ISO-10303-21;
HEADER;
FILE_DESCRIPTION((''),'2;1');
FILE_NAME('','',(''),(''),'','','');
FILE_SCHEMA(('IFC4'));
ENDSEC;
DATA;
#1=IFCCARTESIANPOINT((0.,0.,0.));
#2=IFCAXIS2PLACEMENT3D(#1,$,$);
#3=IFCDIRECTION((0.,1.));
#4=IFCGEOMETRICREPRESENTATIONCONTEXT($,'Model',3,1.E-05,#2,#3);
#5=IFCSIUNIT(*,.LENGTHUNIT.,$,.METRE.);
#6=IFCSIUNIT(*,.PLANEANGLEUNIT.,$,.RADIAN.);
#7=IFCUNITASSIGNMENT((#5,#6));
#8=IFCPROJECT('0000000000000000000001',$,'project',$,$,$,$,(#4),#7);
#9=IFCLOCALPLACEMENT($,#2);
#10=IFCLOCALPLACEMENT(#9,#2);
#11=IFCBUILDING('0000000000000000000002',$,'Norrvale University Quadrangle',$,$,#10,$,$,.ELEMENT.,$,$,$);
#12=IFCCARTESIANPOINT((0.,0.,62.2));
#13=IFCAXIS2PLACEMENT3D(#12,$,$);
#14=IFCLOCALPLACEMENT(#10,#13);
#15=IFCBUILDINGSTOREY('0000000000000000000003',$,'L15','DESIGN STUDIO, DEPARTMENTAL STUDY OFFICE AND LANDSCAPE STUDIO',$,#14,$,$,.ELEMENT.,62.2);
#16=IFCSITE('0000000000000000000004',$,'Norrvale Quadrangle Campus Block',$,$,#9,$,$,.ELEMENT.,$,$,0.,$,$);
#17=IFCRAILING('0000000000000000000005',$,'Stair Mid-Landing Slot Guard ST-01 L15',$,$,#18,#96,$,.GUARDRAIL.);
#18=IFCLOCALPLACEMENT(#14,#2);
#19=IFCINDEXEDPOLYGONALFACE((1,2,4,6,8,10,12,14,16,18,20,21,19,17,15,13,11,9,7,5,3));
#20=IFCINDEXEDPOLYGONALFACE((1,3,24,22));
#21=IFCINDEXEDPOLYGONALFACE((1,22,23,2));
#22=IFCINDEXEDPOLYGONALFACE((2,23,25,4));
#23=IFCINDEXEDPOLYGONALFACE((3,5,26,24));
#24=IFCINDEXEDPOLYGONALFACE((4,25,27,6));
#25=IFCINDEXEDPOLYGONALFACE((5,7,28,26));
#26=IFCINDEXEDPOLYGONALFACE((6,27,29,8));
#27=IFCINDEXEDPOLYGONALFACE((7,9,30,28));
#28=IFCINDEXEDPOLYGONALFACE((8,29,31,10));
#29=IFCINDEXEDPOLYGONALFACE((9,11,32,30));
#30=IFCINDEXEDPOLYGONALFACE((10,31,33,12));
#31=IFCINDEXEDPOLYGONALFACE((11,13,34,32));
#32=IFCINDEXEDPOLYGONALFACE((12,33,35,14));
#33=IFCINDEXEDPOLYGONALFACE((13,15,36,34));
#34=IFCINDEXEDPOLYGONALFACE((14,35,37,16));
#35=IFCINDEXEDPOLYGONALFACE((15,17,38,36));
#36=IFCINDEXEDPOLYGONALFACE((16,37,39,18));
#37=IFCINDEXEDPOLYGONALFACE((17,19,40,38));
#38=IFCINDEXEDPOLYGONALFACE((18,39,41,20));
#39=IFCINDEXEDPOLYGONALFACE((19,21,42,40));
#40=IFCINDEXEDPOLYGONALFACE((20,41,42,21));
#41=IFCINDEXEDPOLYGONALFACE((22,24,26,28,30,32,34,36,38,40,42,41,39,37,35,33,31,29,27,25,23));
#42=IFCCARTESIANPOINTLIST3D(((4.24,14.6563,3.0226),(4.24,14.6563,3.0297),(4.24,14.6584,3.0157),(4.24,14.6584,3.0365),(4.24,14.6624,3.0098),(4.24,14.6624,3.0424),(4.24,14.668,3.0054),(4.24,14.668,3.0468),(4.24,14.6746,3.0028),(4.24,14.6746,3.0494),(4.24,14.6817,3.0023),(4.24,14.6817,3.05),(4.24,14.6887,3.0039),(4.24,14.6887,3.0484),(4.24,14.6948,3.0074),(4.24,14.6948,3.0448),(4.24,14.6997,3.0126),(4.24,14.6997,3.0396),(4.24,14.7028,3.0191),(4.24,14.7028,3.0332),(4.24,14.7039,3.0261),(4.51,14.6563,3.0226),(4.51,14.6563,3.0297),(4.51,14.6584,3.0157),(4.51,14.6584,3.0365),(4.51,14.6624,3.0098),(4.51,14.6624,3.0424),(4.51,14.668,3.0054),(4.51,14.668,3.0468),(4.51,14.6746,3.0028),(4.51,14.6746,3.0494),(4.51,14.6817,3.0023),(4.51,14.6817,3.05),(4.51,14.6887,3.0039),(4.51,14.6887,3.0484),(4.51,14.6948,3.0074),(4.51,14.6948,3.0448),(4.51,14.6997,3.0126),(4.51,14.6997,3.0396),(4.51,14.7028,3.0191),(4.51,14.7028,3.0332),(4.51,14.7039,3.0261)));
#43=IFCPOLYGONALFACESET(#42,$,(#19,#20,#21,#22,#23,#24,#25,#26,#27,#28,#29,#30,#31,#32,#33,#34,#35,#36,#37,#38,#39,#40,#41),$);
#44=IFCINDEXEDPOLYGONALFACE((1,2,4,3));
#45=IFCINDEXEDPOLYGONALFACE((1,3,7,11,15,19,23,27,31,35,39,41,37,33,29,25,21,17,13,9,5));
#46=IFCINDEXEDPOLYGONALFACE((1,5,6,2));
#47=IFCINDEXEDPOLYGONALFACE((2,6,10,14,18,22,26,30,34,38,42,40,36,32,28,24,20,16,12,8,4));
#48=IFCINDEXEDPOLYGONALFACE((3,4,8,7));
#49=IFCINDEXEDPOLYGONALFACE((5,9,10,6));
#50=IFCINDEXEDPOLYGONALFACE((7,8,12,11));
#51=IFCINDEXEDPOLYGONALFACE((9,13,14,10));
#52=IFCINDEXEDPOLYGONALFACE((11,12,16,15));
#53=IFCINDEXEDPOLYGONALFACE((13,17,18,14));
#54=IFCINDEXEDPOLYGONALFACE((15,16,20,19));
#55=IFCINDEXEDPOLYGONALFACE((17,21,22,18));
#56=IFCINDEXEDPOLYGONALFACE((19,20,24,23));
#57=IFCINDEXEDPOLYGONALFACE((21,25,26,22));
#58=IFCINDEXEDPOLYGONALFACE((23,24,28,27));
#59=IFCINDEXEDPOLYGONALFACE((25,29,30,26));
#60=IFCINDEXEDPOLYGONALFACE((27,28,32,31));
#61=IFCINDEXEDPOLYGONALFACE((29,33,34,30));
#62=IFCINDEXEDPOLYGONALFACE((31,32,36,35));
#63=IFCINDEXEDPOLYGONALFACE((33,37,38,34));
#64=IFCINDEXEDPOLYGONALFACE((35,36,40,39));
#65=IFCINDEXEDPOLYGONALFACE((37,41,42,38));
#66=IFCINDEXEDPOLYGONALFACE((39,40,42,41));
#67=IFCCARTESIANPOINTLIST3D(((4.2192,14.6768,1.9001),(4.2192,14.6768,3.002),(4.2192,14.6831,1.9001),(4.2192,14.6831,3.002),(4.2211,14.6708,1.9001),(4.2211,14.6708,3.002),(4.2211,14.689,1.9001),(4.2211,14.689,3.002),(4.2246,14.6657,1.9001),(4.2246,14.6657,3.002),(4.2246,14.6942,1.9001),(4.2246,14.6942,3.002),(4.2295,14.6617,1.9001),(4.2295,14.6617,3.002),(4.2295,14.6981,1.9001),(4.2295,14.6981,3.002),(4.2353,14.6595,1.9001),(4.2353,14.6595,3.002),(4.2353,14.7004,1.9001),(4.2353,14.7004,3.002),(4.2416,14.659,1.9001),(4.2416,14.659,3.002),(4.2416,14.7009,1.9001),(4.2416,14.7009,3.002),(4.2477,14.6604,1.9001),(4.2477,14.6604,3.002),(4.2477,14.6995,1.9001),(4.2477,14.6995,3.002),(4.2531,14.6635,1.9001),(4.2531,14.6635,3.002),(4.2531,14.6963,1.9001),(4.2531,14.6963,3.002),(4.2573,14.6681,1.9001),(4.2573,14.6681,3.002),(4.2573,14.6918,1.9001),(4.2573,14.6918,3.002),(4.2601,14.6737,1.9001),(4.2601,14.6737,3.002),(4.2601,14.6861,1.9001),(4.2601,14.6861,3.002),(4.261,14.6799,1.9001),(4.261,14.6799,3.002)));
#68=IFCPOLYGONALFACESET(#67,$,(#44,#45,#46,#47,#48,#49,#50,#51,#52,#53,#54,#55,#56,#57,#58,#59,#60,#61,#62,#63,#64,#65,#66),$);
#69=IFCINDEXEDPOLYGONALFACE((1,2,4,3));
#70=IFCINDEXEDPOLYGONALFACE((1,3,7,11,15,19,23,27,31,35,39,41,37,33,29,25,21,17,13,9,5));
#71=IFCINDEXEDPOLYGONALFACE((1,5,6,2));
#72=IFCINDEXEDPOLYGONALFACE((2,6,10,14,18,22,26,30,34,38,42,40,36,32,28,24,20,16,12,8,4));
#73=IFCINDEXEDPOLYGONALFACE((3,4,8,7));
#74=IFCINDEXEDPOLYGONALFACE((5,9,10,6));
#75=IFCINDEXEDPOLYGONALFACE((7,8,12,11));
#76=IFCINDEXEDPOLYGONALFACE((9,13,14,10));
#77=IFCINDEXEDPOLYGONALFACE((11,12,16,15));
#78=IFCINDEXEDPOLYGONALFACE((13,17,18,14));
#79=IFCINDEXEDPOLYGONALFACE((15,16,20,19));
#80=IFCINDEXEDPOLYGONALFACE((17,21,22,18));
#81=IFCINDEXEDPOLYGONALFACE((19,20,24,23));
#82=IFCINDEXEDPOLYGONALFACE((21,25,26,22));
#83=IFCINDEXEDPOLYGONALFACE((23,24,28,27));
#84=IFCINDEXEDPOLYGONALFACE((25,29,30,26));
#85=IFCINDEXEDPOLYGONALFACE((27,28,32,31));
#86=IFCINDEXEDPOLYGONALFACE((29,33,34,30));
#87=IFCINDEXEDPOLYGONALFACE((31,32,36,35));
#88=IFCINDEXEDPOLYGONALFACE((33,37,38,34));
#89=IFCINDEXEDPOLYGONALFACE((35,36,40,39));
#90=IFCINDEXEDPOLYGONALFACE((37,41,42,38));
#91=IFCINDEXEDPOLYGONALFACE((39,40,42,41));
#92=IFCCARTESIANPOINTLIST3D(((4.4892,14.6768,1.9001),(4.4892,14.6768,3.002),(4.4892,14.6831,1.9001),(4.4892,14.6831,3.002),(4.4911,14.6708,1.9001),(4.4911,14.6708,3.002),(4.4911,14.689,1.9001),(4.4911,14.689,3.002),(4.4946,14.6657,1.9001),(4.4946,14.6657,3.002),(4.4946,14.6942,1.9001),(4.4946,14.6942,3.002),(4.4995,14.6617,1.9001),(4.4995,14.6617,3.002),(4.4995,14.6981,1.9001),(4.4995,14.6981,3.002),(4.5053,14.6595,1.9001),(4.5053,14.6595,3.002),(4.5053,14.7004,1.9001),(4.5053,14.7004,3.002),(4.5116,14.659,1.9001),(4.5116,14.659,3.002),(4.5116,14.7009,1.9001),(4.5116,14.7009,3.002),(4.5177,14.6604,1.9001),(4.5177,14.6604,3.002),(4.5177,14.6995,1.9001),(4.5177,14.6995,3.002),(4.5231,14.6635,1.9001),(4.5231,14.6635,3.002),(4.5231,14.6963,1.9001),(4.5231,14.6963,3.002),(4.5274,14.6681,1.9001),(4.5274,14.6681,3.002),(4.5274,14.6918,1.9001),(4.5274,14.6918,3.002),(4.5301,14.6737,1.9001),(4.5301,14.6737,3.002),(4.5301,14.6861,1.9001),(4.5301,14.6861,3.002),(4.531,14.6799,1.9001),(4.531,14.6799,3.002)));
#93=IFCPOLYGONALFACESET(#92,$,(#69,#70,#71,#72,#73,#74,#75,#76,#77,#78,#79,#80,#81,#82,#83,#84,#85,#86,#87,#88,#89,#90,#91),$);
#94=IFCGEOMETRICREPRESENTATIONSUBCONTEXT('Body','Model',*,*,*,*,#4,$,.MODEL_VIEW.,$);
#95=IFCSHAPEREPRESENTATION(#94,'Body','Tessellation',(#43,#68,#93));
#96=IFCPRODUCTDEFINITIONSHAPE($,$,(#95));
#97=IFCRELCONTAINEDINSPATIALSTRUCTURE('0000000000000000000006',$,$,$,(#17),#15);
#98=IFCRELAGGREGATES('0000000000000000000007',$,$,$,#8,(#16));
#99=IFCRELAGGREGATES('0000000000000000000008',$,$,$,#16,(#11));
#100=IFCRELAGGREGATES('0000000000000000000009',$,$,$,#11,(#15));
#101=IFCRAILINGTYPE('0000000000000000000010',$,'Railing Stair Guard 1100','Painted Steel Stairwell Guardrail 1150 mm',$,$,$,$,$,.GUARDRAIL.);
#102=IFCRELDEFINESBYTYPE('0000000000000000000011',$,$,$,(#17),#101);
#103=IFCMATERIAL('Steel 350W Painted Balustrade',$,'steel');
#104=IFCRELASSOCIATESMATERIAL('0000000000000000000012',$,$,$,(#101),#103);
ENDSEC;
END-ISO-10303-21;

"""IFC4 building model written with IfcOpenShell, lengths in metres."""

from ifc_helpers import new_model, si_unit, direction, frame, origin, origin_2d, place, context, subcontext, project, spatial, circle, extrude, material, type_object, element, save


model = new_model("IFC4")

# Units and contexts
model_context = context("Model", 3, precision=1e-05, world=origin(), true_north=direction((0.0, 1.0)))
body_context = subcontext(model_context, "Body", "Model", "MODEL_VIEW")
ifc_project = project(units=[si_unit("LENGTHUNIT", "METRE"), si_unit("PLANEANGLEUNIT", "RADIAN")], contexts=[model_context])

# Site, building, storey
site_placement = place(None, origin())
site = spatial("IfcSite", under=ifc_project, at=site_placement, Name="Norrvale Quadrangle Campus Block", CompositionType="ELEMENT", RefElevation=0.0)
building_placement = place(site_placement, origin())
building = spatial("IfcBuilding", under=site, at=building_placement, Name="Norrvale University Quadrangle", CompositionType="ELEMENT")
storey_placement = place(building_placement, frame((0.0, 0.0, 62.2)))
storey = spatial("IfcBuildingStorey", under=building, at=storey_placement, Name="L15", Description="DESIGN STUDIO, DEPARTMENTAL STUDY OFFICE AND LANDSCAPE STUDIO", CompositionType="ELEMENT", Elevation=62.2)

# Railing
ifc_material_1 = material(Name="Steel 350W Painted Balustrade", Category="steel")
railing_type_1 = type_object("IfcRailingType", Name="Railing Stair Guard 1100", Description="Painted Steel Stairwell Guardrail 1150 mm", PredefinedType="GUARDRAIL", material=ifc_material_1)
railing_1_placement = place(storey_placement, frame((4.24, 14.6799, 1.9001)))
element("IfcRailing", 1, at=railing_1_placement, inside=storey, type_object=railing_type_1, Name="Stair Mid-Landing Slot Guard ST-01 L15", PredefinedType="GUARDRAIL", context=body_context, shape_type="SweptSolid", body=[
    extrude(circle(Radius=0.0239, at=origin_2d()), frame((0.0, 0.0, 1.126), z_axis=(1.0, 0.0, 0.0), x_axis=(0.0, 1.0, 0.0)), (0.0, 0.0, 1.0), 0.27),
    extrude(circle(Radius=0.021, at=origin_2d()), origin(), (0.0, 0.0, 1.0), 1.1018),
    extrude(circle(Radius=0.021, at=origin_2d()), frame((0.27, 0.0, 0.0)), (0.0, 0.0, 1.0), 1.1018),
])

save(model, "model.ifc")
